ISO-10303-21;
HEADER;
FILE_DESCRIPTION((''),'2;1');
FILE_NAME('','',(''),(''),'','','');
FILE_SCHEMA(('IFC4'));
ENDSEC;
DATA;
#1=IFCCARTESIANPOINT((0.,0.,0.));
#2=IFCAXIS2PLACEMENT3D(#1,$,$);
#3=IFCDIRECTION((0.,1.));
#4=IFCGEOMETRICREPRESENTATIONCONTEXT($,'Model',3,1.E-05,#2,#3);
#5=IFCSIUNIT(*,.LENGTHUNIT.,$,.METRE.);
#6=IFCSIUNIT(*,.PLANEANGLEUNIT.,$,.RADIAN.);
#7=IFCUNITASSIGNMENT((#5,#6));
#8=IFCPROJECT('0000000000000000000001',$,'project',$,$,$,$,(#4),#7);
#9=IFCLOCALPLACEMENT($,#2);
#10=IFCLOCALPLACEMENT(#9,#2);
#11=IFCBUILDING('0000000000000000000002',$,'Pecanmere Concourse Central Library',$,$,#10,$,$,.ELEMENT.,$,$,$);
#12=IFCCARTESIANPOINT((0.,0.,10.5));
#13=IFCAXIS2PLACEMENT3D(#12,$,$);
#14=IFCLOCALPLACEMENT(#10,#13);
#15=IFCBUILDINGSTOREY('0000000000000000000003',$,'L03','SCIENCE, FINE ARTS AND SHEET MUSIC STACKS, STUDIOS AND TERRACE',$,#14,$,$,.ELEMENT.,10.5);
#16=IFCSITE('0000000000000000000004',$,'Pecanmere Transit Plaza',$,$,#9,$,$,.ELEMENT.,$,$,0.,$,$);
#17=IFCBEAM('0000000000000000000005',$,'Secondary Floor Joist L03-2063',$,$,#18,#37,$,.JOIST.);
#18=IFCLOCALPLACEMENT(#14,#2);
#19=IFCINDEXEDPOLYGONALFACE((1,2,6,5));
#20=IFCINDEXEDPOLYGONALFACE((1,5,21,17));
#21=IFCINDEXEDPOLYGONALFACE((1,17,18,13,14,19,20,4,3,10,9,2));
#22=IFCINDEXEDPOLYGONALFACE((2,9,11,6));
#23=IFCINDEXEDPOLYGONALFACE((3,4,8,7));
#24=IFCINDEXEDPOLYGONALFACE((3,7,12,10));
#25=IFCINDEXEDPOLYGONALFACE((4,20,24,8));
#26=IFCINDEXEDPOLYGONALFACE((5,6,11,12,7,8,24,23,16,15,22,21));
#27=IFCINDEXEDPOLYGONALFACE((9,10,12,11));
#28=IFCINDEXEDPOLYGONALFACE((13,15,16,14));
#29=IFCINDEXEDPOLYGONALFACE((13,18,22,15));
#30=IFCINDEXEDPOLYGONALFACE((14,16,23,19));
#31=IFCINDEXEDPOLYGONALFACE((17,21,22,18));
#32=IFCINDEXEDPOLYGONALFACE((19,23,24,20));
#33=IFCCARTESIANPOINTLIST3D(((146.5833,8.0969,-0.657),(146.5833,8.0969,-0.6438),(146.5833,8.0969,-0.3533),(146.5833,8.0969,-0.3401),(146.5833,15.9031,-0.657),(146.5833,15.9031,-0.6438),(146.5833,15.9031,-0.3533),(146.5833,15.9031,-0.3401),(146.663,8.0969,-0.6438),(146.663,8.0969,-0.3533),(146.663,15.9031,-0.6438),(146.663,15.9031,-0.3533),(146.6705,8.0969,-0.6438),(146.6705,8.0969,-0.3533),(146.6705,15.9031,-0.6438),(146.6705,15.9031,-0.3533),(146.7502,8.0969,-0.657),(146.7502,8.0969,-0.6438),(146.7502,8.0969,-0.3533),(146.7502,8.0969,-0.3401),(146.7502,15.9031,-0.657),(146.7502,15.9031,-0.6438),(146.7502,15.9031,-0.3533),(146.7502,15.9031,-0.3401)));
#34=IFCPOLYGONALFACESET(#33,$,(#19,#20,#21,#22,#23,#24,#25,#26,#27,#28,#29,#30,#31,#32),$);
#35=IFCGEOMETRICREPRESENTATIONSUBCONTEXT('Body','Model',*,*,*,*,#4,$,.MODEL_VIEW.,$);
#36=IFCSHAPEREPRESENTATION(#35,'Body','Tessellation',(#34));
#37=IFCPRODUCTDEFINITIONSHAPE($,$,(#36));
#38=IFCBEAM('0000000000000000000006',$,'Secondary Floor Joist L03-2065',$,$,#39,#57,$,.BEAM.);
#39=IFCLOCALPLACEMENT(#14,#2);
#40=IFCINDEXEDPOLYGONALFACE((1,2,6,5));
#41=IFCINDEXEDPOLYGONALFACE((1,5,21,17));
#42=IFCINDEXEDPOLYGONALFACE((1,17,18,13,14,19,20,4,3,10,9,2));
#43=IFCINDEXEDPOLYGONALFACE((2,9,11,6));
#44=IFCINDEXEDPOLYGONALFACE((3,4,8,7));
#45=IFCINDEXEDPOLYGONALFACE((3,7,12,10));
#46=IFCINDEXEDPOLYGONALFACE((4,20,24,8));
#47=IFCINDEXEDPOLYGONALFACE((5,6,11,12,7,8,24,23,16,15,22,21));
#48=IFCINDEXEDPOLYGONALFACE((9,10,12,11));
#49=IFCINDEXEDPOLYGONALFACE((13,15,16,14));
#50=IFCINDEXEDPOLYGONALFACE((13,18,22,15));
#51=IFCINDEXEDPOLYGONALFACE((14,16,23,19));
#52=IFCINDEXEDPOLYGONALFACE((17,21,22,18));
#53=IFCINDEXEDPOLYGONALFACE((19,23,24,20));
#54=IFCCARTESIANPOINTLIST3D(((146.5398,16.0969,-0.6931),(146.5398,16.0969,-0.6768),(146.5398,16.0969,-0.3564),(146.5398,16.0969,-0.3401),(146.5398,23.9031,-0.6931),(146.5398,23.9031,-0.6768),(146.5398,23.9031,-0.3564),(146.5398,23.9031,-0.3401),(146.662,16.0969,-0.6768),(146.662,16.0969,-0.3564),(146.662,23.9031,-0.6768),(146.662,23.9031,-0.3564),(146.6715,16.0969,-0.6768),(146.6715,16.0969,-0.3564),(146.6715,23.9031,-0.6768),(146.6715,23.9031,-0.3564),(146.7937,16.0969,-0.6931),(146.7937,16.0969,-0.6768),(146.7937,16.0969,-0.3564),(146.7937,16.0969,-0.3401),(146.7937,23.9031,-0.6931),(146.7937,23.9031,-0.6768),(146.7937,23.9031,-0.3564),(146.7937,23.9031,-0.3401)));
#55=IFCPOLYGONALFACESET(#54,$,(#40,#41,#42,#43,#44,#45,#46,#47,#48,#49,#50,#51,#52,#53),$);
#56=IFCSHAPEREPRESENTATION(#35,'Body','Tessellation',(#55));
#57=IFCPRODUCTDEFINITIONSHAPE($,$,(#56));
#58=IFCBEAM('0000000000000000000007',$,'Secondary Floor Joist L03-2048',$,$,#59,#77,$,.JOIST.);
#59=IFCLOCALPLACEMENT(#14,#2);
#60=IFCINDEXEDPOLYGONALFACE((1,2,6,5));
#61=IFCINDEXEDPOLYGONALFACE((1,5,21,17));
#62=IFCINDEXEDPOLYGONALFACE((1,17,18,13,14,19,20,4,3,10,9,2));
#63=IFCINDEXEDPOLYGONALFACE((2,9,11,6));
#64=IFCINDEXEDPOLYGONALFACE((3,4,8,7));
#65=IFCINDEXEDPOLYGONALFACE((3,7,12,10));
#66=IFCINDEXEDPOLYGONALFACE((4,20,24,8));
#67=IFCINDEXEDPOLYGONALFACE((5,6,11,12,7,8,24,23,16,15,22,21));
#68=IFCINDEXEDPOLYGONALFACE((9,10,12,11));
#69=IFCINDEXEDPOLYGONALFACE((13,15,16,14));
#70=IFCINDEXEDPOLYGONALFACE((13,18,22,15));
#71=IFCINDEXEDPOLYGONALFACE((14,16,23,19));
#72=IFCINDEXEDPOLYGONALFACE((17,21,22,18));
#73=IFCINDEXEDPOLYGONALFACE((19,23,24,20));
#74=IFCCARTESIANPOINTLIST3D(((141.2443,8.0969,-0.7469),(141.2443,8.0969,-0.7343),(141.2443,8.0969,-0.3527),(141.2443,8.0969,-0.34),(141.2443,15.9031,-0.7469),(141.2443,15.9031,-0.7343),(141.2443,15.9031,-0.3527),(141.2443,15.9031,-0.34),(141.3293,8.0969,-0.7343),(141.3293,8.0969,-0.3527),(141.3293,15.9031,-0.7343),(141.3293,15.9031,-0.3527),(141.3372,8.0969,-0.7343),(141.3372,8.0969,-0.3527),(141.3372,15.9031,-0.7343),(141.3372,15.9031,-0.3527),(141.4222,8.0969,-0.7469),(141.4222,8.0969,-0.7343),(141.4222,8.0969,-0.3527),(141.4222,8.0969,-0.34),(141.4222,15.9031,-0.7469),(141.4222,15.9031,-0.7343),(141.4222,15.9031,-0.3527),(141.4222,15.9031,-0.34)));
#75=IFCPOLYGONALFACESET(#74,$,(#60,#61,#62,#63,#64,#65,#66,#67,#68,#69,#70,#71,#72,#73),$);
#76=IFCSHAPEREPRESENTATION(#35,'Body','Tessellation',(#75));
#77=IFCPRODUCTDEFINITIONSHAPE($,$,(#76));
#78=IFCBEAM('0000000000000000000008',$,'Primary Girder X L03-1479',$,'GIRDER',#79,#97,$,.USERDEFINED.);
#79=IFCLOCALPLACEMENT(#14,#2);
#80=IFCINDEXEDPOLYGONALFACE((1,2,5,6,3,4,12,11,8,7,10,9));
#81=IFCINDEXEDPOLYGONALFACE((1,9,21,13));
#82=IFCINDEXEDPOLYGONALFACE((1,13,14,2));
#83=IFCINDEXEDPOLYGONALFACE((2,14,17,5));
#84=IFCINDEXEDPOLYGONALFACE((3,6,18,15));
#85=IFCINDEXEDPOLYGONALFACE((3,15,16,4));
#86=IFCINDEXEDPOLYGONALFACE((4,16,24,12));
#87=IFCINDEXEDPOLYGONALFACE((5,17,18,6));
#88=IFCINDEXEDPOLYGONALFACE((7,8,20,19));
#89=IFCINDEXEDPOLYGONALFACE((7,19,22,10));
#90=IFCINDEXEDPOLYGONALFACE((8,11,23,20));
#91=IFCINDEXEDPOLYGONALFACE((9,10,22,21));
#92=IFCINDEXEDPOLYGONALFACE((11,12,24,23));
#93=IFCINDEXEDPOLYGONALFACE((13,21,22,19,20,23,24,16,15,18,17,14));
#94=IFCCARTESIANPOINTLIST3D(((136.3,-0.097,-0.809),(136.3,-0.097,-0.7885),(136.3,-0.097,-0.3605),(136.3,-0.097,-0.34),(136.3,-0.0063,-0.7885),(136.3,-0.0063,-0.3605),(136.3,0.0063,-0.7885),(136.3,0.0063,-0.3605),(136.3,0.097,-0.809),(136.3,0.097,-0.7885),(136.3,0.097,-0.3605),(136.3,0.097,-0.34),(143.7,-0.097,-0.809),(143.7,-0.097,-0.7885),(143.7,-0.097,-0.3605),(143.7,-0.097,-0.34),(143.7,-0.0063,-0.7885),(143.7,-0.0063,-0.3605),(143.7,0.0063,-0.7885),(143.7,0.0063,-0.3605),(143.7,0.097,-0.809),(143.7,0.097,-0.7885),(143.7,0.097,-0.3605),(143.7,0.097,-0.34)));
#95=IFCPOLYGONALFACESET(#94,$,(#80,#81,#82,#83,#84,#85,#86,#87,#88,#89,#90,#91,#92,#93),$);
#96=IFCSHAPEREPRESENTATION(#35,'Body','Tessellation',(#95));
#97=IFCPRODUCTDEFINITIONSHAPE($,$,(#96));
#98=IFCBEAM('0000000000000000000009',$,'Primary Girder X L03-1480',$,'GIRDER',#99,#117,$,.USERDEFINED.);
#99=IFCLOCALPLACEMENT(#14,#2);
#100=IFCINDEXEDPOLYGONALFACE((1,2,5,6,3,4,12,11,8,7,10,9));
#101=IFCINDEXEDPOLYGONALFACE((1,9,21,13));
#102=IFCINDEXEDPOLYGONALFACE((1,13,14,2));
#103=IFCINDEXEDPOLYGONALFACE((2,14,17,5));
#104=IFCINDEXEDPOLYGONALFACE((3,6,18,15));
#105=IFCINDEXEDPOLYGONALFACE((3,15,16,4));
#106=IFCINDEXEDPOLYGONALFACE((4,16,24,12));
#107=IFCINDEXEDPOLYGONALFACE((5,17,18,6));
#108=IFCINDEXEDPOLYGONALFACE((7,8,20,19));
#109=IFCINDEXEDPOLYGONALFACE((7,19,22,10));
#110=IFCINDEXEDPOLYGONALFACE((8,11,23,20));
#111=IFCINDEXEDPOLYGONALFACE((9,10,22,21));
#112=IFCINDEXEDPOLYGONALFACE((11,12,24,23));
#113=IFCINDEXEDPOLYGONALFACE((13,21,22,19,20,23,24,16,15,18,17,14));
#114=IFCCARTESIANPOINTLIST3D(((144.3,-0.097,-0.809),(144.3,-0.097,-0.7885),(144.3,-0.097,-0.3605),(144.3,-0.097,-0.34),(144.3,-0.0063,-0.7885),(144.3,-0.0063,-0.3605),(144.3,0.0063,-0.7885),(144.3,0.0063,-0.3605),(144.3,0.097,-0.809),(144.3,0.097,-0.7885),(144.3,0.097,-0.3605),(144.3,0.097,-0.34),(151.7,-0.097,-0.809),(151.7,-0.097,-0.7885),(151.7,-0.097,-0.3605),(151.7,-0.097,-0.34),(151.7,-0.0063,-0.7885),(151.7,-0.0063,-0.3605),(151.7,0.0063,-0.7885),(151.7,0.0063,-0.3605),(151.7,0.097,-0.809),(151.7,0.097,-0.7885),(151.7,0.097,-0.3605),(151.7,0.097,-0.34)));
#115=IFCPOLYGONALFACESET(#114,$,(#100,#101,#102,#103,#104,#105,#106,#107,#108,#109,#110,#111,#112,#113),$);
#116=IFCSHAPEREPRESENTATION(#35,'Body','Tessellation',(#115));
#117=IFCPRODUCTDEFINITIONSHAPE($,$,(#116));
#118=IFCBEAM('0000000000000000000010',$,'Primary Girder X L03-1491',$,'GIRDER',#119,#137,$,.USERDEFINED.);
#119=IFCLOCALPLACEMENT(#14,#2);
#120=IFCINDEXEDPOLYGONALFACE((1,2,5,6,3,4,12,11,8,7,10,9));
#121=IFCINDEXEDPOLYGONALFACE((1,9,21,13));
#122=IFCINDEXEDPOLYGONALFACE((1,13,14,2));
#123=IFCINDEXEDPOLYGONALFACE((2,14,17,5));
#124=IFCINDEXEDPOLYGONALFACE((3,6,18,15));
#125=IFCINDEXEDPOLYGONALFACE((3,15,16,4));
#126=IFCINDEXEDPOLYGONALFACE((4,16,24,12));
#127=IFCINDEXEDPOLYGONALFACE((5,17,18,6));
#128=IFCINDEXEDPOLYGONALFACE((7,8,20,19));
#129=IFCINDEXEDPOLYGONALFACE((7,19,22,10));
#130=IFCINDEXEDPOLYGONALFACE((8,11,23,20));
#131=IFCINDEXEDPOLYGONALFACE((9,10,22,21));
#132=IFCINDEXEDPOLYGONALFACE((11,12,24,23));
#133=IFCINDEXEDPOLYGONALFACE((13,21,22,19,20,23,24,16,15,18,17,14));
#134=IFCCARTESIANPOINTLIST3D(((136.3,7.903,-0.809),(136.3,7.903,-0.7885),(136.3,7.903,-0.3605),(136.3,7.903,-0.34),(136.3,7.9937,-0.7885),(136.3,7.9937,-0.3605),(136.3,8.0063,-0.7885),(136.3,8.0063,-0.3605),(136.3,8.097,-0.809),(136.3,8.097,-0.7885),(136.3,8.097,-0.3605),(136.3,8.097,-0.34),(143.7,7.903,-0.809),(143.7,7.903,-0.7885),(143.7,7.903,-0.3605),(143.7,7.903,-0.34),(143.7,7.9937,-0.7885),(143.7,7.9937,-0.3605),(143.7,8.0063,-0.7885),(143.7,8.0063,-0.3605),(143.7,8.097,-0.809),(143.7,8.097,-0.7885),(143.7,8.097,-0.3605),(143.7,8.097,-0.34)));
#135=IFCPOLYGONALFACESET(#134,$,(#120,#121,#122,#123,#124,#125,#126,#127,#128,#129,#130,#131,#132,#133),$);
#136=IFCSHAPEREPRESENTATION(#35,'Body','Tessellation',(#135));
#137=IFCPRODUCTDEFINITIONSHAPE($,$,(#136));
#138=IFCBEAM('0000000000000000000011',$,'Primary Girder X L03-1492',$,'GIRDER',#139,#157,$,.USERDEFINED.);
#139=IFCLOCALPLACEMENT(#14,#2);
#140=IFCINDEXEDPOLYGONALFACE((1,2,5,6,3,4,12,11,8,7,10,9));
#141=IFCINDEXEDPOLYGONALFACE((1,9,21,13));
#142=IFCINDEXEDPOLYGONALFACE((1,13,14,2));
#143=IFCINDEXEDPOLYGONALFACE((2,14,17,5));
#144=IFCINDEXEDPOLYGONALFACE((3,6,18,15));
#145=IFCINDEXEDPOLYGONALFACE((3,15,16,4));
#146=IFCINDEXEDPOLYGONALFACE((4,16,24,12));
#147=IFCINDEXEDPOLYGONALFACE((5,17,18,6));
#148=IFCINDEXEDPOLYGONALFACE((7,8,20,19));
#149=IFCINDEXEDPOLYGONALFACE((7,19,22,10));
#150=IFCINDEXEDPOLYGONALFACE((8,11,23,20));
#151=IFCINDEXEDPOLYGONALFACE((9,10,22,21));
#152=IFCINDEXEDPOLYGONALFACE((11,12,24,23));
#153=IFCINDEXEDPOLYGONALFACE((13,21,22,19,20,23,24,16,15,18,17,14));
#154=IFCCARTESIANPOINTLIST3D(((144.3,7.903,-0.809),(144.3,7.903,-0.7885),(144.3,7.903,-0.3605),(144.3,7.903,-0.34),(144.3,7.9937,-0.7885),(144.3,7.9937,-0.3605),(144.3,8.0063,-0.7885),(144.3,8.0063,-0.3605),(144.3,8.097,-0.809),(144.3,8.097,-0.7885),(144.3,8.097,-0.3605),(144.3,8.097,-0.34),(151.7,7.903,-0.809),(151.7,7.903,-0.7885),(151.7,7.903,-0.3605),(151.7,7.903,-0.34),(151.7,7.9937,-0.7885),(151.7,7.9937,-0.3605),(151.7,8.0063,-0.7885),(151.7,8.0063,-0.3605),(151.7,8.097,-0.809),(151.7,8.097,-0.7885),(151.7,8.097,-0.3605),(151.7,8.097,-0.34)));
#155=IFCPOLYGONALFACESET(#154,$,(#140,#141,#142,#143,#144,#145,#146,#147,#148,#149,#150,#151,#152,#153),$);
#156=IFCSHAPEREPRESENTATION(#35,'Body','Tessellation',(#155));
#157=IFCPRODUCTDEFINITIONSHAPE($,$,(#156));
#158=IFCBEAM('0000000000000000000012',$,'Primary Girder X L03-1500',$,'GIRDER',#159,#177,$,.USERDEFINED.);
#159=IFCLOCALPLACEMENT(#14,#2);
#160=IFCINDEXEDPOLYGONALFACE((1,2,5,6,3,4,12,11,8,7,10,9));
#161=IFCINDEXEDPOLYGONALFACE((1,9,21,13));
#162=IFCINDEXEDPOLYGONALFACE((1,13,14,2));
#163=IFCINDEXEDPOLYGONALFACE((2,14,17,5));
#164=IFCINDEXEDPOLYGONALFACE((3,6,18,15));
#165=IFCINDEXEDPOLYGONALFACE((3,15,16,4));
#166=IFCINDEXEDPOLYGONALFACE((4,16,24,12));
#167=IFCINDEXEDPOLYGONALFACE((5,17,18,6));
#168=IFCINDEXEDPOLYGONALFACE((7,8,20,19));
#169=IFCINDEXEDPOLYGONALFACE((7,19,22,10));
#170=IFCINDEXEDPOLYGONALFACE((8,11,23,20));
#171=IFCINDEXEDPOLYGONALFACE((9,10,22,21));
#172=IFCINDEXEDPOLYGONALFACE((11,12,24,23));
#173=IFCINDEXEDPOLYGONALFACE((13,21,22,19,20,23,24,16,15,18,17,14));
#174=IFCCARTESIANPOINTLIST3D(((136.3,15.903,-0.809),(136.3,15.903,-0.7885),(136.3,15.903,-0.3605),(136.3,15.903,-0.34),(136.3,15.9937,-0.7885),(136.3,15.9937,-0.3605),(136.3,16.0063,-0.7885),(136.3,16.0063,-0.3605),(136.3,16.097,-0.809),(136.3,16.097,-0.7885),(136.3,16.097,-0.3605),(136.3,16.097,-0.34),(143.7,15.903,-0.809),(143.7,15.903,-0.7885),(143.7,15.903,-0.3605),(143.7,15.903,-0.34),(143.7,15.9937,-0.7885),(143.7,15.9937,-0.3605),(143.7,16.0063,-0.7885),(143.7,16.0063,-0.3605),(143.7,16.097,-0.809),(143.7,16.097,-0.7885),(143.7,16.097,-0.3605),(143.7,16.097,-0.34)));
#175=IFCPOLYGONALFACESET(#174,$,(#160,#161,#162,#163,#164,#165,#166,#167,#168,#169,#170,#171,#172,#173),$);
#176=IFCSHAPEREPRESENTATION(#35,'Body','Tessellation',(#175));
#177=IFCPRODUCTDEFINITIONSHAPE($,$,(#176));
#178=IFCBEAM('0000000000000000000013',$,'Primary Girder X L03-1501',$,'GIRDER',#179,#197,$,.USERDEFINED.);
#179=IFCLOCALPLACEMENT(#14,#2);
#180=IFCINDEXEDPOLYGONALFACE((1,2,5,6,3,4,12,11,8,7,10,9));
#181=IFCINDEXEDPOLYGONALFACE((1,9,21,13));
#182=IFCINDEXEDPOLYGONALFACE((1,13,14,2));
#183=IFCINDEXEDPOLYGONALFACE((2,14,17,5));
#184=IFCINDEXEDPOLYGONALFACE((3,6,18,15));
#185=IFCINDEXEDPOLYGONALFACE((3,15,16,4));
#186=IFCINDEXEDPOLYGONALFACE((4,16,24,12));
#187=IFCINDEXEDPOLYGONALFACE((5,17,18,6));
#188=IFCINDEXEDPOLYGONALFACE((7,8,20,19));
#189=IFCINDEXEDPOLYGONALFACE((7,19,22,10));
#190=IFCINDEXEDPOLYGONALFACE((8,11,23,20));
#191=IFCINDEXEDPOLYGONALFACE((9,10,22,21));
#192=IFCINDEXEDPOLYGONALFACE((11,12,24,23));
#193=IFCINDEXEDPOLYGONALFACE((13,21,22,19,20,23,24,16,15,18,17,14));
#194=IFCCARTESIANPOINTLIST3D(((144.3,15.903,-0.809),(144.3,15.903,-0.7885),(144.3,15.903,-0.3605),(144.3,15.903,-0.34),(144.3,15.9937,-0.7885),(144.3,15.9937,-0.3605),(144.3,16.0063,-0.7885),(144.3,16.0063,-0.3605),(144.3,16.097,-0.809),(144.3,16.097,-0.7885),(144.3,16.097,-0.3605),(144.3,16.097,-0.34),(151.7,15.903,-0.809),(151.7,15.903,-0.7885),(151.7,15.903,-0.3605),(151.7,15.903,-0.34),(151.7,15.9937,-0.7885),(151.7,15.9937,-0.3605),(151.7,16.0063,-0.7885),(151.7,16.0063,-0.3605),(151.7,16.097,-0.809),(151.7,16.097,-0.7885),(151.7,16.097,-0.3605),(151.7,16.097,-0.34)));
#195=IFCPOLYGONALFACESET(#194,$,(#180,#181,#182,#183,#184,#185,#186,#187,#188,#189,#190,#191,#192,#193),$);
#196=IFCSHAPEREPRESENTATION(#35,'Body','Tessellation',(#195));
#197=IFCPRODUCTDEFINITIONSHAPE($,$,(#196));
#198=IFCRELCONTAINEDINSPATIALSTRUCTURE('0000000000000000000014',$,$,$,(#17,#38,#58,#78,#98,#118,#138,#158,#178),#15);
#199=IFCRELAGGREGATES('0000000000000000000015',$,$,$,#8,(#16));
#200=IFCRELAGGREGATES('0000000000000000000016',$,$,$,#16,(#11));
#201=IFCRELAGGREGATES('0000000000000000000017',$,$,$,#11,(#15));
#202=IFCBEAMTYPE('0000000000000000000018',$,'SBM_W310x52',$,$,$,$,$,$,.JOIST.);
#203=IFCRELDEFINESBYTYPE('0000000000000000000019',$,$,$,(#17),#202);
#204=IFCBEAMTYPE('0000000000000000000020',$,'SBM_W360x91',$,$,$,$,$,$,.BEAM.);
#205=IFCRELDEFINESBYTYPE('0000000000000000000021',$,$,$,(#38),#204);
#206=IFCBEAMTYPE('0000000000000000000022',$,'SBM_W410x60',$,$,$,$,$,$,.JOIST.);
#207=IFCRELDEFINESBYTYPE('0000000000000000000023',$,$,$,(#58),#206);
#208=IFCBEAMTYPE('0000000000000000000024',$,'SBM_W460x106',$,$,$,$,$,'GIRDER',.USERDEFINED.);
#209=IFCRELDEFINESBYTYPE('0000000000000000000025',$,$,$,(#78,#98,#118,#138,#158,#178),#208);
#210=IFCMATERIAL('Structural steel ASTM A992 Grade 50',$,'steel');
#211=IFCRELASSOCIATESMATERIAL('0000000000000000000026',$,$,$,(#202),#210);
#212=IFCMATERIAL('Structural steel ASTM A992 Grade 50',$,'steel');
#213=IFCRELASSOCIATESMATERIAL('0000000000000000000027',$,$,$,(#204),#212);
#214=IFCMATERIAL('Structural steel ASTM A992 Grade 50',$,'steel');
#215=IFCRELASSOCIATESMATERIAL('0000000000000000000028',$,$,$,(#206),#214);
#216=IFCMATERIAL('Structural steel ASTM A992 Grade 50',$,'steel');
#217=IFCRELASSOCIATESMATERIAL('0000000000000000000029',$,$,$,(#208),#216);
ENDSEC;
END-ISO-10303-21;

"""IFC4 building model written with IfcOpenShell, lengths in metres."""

from ifc_helpers import new_model, si_unit, direction, frame, origin, origin_2d, place, context, subcontext, project, spatial, i_section, extrude, material, material_profile, profile_set, type_object, element, save


model = new_model("IFC4")

# Units and contexts
model_context = context("Model", 3, precision=1e-05, world=origin(), true_north=direction((0.0, 1.0)))
body_context = subcontext(model_context, "Body", "Model", "MODEL_VIEW")
ifc_project = project(units=[si_unit("LENGTHUNIT", "METRE"), si_unit("PLANEANGLEUNIT", "RADIAN")], contexts=[model_context])

# Site, building, storey
site_placement = place(None, origin())
site = spatial("IfcSite", under=ifc_project, at=site_placement, Name="Pecanmere Transit Plaza", CompositionType="ELEMENT", RefElevation=0.0)
building_placement = place(site_placement, origin())
building = spatial("IfcBuilding", under=site, at=building_placement, Name="Pecanmere Concourse Central Library", CompositionType="ELEMENT")
storey_placement = place(building_placement, frame((0.0, 0.0, 10.5)))
storey = spatial("IfcBuildingStorey", under=building, at=storey_placement, Name="L03", Description="SCIENCE, FINE ARTS AND SHEET MUSIC STACKS, STUDIOS AND TERRACE", CompositionType="ELEMENT", Elevation=10.5)

# Beams
ifc_material_1 = material(Name="Structural steel ASTM A992 Grade 50", Category="steel")
ifc_material_profile_1 = material_profile(ifc_material_1, i_section(OverallWidth=0.167, OverallDepth=0.3169, WebThickness=0.0076, FlangeThickness=0.0132, at=origin_2d()), Name="W310x52")
ifc_profile_set_1 = profile_set([ifc_material_profile_1], Name="Structural steel ASTM A992 Grade 50")
beam_type_1 = type_object("IfcBeamType", Name="SBM_W310x52", PredefinedType="JOIST", material=ifc_profile_set_1)
beam_1_placement = place(storey_placement, frame((146.6667, 8.0969, -0.4985), z_axis=(0.0, 1.0, 0.0), x_axis=(-1.0, 0.0, 0.0)))
element("IfcBeam", 1, at=beam_1_placement, inside=storey, type_object=beam_type_1, Name="Secondary Floor Joist L03-2063", PredefinedType="JOIST", context=body_context, shape_type="SweptSolid", body=[
    extrude(i_section(OverallWidth=0.167, OverallDepth=0.3169, WebThickness=0.0076, FlangeThickness=0.0132, at=origin_2d()), origin(), (0.0, 0.0, 1.0), 7.8062),
])
ifc_material_2 = material(Name="Structural steel ASTM A992 Grade 50", Category="steel")
ifc_material_profile_2 = material_profile(ifc_material_2, i_section(OverallWidth=0.2539, OverallDepth=0.353, WebThickness=0.0095, FlangeThickness=0.0164, at=origin_2d()), Name="W360x91")
ifc_profile_set_2 = profile_set([ifc_material_profile_2], Name="Structural steel ASTM A992 Grade 50")
beam_type_2 = type_object("IfcBeamType", Name="SBM_W360x91", PredefinedType="BEAM", material=ifc_profile_set_2)
beam_2_placement = place(storey_placement, frame((146.6667, 16.0969, -0.5166), z_axis=(0.0, 1.0, 0.0), x_axis=(-1.0, 0.0, 0.0)))
element("IfcBeam", 2, at=beam_2_placement, inside=storey, type_object=beam_type_2, Name="Secondary Floor Joist L03-2065", PredefinedType="BEAM", context=body_context, shape_type="SweptSolid", body=[
    extrude(i_section(OverallWidth=0.2539, OverallDepth=0.353, WebThickness=0.0095, FlangeThickness=0.0164, at=origin_2d()), origin(), (0.0, 0.0, 1.0), 7.8062),
])
ifc_material_3 = material(Name="Structural steel ASTM A992 Grade 50", Category="steel")
ifc_material_profile_3 = material_profile(ifc_material_3, i_section(OverallWidth=0.178, OverallDepth=0.407, WebThickness=0.0078, FlangeThickness=0.0127, at=origin_2d()), Name="W410x60")
ifc_profile_set_3 = profile_set([ifc_material_profile_3], Name="Structural steel ASTM A992 Grade 50")
beam_type_3 = type_object("IfcBeamType", Name="SBM_W410x60", PredefinedType="JOIST", material=ifc_profile_set_3)
beam_3_placement = place(storey_placement, frame((141.3333, 8.0969, -0.5435), z_axis=(0.0, 1.0, 0.0), x_axis=(-1.0, 0.0, 0.0)))
element("IfcBeam", 3, at=beam_3_placement, inside=storey, type_object=beam_type_3, Name="Secondary Floor Joist L03-2048", PredefinedType="JOIST", context=body_context, shape_type="SweptSolid", body=[
    extrude(i_section(OverallWidth=0.178, OverallDepth=0.407, WebThickness=0.0078, FlangeThickness=0.0127, at=origin_2d()), origin(), (0.0, 0.0, 1.0), 7.8062),
])
ifc_material_4 = material(Name="Structural steel ASTM A992 Grade 50", Category="steel")
ifc_material_profile_4 = material_profile(ifc_material_4, i_section(OverallWidth=0.1941, OverallDepth=0.469, WebThickness=0.0127, FlangeThickness=0.0205, at=origin_2d()), Name="W460x106")
ifc_profile_set_4 = profile_set([ifc_material_profile_4], Name="Structural steel ASTM A992 Grade 50")
beam_type_4 = type_object("IfcBeamType", Name="SBM_W460x106", ElementType="GIRDER", PredefinedType="USERDEFINED", material=ifc_profile_set_4)
for number, where, z_axis, x_axis, name in (
    (4, (136.3, 0.0, -0.5745), (1.0, 0.0, 0.0), (0.0, 1.0, 0.0), "Primary Girder X L03-1479"),
    (5, (144.3, 0.0, -0.5745), (1.0, 0.0, 0.0), (0.0, 1.0, 0.0), "Primary Girder X L03-1480"),
    (6, (136.3, 8.0, -0.5745), (1.0, 0.0, 0.0), (0.0, 1.0, 0.0), "Primary Girder X L03-1491"),
    (7, (144.3, 8.0, -0.5745), (1.0, 0.0, 0.0), (0.0, 1.0, 0.0), "Primary Girder X L03-1492"),
    (8, (136.3, 16.0, -0.5745), (1.0, 0.0, 0.0), (0.0, 1.0, 0.0), "Primary Girder X L03-1500"),
    (9, (144.3, 16.0, -0.5745), (1.0, 0.0, 0.0), (0.0, 1.0, 0.0), "Primary Girder X L03-1501"),
):
    element("IfcBeam", number, at=place(storey_placement, frame(where, z_axis=z_axis, x_axis=x_axis)), inside=storey, type_object=beam_type_4, Name=name, ObjectType="GIRDER", PredefinedType="USERDEFINED", context=body_context, shape_type="SweptSolid", body=[
        extrude(i_section(OverallWidth=0.1941, OverallDepth=0.469, WebThickness=0.0127, FlangeThickness=0.0205, at=origin_2d()), origin(), (0.0, 0.0, 1.0), 7.3999),
    ])

save(model, "model.ifc")
